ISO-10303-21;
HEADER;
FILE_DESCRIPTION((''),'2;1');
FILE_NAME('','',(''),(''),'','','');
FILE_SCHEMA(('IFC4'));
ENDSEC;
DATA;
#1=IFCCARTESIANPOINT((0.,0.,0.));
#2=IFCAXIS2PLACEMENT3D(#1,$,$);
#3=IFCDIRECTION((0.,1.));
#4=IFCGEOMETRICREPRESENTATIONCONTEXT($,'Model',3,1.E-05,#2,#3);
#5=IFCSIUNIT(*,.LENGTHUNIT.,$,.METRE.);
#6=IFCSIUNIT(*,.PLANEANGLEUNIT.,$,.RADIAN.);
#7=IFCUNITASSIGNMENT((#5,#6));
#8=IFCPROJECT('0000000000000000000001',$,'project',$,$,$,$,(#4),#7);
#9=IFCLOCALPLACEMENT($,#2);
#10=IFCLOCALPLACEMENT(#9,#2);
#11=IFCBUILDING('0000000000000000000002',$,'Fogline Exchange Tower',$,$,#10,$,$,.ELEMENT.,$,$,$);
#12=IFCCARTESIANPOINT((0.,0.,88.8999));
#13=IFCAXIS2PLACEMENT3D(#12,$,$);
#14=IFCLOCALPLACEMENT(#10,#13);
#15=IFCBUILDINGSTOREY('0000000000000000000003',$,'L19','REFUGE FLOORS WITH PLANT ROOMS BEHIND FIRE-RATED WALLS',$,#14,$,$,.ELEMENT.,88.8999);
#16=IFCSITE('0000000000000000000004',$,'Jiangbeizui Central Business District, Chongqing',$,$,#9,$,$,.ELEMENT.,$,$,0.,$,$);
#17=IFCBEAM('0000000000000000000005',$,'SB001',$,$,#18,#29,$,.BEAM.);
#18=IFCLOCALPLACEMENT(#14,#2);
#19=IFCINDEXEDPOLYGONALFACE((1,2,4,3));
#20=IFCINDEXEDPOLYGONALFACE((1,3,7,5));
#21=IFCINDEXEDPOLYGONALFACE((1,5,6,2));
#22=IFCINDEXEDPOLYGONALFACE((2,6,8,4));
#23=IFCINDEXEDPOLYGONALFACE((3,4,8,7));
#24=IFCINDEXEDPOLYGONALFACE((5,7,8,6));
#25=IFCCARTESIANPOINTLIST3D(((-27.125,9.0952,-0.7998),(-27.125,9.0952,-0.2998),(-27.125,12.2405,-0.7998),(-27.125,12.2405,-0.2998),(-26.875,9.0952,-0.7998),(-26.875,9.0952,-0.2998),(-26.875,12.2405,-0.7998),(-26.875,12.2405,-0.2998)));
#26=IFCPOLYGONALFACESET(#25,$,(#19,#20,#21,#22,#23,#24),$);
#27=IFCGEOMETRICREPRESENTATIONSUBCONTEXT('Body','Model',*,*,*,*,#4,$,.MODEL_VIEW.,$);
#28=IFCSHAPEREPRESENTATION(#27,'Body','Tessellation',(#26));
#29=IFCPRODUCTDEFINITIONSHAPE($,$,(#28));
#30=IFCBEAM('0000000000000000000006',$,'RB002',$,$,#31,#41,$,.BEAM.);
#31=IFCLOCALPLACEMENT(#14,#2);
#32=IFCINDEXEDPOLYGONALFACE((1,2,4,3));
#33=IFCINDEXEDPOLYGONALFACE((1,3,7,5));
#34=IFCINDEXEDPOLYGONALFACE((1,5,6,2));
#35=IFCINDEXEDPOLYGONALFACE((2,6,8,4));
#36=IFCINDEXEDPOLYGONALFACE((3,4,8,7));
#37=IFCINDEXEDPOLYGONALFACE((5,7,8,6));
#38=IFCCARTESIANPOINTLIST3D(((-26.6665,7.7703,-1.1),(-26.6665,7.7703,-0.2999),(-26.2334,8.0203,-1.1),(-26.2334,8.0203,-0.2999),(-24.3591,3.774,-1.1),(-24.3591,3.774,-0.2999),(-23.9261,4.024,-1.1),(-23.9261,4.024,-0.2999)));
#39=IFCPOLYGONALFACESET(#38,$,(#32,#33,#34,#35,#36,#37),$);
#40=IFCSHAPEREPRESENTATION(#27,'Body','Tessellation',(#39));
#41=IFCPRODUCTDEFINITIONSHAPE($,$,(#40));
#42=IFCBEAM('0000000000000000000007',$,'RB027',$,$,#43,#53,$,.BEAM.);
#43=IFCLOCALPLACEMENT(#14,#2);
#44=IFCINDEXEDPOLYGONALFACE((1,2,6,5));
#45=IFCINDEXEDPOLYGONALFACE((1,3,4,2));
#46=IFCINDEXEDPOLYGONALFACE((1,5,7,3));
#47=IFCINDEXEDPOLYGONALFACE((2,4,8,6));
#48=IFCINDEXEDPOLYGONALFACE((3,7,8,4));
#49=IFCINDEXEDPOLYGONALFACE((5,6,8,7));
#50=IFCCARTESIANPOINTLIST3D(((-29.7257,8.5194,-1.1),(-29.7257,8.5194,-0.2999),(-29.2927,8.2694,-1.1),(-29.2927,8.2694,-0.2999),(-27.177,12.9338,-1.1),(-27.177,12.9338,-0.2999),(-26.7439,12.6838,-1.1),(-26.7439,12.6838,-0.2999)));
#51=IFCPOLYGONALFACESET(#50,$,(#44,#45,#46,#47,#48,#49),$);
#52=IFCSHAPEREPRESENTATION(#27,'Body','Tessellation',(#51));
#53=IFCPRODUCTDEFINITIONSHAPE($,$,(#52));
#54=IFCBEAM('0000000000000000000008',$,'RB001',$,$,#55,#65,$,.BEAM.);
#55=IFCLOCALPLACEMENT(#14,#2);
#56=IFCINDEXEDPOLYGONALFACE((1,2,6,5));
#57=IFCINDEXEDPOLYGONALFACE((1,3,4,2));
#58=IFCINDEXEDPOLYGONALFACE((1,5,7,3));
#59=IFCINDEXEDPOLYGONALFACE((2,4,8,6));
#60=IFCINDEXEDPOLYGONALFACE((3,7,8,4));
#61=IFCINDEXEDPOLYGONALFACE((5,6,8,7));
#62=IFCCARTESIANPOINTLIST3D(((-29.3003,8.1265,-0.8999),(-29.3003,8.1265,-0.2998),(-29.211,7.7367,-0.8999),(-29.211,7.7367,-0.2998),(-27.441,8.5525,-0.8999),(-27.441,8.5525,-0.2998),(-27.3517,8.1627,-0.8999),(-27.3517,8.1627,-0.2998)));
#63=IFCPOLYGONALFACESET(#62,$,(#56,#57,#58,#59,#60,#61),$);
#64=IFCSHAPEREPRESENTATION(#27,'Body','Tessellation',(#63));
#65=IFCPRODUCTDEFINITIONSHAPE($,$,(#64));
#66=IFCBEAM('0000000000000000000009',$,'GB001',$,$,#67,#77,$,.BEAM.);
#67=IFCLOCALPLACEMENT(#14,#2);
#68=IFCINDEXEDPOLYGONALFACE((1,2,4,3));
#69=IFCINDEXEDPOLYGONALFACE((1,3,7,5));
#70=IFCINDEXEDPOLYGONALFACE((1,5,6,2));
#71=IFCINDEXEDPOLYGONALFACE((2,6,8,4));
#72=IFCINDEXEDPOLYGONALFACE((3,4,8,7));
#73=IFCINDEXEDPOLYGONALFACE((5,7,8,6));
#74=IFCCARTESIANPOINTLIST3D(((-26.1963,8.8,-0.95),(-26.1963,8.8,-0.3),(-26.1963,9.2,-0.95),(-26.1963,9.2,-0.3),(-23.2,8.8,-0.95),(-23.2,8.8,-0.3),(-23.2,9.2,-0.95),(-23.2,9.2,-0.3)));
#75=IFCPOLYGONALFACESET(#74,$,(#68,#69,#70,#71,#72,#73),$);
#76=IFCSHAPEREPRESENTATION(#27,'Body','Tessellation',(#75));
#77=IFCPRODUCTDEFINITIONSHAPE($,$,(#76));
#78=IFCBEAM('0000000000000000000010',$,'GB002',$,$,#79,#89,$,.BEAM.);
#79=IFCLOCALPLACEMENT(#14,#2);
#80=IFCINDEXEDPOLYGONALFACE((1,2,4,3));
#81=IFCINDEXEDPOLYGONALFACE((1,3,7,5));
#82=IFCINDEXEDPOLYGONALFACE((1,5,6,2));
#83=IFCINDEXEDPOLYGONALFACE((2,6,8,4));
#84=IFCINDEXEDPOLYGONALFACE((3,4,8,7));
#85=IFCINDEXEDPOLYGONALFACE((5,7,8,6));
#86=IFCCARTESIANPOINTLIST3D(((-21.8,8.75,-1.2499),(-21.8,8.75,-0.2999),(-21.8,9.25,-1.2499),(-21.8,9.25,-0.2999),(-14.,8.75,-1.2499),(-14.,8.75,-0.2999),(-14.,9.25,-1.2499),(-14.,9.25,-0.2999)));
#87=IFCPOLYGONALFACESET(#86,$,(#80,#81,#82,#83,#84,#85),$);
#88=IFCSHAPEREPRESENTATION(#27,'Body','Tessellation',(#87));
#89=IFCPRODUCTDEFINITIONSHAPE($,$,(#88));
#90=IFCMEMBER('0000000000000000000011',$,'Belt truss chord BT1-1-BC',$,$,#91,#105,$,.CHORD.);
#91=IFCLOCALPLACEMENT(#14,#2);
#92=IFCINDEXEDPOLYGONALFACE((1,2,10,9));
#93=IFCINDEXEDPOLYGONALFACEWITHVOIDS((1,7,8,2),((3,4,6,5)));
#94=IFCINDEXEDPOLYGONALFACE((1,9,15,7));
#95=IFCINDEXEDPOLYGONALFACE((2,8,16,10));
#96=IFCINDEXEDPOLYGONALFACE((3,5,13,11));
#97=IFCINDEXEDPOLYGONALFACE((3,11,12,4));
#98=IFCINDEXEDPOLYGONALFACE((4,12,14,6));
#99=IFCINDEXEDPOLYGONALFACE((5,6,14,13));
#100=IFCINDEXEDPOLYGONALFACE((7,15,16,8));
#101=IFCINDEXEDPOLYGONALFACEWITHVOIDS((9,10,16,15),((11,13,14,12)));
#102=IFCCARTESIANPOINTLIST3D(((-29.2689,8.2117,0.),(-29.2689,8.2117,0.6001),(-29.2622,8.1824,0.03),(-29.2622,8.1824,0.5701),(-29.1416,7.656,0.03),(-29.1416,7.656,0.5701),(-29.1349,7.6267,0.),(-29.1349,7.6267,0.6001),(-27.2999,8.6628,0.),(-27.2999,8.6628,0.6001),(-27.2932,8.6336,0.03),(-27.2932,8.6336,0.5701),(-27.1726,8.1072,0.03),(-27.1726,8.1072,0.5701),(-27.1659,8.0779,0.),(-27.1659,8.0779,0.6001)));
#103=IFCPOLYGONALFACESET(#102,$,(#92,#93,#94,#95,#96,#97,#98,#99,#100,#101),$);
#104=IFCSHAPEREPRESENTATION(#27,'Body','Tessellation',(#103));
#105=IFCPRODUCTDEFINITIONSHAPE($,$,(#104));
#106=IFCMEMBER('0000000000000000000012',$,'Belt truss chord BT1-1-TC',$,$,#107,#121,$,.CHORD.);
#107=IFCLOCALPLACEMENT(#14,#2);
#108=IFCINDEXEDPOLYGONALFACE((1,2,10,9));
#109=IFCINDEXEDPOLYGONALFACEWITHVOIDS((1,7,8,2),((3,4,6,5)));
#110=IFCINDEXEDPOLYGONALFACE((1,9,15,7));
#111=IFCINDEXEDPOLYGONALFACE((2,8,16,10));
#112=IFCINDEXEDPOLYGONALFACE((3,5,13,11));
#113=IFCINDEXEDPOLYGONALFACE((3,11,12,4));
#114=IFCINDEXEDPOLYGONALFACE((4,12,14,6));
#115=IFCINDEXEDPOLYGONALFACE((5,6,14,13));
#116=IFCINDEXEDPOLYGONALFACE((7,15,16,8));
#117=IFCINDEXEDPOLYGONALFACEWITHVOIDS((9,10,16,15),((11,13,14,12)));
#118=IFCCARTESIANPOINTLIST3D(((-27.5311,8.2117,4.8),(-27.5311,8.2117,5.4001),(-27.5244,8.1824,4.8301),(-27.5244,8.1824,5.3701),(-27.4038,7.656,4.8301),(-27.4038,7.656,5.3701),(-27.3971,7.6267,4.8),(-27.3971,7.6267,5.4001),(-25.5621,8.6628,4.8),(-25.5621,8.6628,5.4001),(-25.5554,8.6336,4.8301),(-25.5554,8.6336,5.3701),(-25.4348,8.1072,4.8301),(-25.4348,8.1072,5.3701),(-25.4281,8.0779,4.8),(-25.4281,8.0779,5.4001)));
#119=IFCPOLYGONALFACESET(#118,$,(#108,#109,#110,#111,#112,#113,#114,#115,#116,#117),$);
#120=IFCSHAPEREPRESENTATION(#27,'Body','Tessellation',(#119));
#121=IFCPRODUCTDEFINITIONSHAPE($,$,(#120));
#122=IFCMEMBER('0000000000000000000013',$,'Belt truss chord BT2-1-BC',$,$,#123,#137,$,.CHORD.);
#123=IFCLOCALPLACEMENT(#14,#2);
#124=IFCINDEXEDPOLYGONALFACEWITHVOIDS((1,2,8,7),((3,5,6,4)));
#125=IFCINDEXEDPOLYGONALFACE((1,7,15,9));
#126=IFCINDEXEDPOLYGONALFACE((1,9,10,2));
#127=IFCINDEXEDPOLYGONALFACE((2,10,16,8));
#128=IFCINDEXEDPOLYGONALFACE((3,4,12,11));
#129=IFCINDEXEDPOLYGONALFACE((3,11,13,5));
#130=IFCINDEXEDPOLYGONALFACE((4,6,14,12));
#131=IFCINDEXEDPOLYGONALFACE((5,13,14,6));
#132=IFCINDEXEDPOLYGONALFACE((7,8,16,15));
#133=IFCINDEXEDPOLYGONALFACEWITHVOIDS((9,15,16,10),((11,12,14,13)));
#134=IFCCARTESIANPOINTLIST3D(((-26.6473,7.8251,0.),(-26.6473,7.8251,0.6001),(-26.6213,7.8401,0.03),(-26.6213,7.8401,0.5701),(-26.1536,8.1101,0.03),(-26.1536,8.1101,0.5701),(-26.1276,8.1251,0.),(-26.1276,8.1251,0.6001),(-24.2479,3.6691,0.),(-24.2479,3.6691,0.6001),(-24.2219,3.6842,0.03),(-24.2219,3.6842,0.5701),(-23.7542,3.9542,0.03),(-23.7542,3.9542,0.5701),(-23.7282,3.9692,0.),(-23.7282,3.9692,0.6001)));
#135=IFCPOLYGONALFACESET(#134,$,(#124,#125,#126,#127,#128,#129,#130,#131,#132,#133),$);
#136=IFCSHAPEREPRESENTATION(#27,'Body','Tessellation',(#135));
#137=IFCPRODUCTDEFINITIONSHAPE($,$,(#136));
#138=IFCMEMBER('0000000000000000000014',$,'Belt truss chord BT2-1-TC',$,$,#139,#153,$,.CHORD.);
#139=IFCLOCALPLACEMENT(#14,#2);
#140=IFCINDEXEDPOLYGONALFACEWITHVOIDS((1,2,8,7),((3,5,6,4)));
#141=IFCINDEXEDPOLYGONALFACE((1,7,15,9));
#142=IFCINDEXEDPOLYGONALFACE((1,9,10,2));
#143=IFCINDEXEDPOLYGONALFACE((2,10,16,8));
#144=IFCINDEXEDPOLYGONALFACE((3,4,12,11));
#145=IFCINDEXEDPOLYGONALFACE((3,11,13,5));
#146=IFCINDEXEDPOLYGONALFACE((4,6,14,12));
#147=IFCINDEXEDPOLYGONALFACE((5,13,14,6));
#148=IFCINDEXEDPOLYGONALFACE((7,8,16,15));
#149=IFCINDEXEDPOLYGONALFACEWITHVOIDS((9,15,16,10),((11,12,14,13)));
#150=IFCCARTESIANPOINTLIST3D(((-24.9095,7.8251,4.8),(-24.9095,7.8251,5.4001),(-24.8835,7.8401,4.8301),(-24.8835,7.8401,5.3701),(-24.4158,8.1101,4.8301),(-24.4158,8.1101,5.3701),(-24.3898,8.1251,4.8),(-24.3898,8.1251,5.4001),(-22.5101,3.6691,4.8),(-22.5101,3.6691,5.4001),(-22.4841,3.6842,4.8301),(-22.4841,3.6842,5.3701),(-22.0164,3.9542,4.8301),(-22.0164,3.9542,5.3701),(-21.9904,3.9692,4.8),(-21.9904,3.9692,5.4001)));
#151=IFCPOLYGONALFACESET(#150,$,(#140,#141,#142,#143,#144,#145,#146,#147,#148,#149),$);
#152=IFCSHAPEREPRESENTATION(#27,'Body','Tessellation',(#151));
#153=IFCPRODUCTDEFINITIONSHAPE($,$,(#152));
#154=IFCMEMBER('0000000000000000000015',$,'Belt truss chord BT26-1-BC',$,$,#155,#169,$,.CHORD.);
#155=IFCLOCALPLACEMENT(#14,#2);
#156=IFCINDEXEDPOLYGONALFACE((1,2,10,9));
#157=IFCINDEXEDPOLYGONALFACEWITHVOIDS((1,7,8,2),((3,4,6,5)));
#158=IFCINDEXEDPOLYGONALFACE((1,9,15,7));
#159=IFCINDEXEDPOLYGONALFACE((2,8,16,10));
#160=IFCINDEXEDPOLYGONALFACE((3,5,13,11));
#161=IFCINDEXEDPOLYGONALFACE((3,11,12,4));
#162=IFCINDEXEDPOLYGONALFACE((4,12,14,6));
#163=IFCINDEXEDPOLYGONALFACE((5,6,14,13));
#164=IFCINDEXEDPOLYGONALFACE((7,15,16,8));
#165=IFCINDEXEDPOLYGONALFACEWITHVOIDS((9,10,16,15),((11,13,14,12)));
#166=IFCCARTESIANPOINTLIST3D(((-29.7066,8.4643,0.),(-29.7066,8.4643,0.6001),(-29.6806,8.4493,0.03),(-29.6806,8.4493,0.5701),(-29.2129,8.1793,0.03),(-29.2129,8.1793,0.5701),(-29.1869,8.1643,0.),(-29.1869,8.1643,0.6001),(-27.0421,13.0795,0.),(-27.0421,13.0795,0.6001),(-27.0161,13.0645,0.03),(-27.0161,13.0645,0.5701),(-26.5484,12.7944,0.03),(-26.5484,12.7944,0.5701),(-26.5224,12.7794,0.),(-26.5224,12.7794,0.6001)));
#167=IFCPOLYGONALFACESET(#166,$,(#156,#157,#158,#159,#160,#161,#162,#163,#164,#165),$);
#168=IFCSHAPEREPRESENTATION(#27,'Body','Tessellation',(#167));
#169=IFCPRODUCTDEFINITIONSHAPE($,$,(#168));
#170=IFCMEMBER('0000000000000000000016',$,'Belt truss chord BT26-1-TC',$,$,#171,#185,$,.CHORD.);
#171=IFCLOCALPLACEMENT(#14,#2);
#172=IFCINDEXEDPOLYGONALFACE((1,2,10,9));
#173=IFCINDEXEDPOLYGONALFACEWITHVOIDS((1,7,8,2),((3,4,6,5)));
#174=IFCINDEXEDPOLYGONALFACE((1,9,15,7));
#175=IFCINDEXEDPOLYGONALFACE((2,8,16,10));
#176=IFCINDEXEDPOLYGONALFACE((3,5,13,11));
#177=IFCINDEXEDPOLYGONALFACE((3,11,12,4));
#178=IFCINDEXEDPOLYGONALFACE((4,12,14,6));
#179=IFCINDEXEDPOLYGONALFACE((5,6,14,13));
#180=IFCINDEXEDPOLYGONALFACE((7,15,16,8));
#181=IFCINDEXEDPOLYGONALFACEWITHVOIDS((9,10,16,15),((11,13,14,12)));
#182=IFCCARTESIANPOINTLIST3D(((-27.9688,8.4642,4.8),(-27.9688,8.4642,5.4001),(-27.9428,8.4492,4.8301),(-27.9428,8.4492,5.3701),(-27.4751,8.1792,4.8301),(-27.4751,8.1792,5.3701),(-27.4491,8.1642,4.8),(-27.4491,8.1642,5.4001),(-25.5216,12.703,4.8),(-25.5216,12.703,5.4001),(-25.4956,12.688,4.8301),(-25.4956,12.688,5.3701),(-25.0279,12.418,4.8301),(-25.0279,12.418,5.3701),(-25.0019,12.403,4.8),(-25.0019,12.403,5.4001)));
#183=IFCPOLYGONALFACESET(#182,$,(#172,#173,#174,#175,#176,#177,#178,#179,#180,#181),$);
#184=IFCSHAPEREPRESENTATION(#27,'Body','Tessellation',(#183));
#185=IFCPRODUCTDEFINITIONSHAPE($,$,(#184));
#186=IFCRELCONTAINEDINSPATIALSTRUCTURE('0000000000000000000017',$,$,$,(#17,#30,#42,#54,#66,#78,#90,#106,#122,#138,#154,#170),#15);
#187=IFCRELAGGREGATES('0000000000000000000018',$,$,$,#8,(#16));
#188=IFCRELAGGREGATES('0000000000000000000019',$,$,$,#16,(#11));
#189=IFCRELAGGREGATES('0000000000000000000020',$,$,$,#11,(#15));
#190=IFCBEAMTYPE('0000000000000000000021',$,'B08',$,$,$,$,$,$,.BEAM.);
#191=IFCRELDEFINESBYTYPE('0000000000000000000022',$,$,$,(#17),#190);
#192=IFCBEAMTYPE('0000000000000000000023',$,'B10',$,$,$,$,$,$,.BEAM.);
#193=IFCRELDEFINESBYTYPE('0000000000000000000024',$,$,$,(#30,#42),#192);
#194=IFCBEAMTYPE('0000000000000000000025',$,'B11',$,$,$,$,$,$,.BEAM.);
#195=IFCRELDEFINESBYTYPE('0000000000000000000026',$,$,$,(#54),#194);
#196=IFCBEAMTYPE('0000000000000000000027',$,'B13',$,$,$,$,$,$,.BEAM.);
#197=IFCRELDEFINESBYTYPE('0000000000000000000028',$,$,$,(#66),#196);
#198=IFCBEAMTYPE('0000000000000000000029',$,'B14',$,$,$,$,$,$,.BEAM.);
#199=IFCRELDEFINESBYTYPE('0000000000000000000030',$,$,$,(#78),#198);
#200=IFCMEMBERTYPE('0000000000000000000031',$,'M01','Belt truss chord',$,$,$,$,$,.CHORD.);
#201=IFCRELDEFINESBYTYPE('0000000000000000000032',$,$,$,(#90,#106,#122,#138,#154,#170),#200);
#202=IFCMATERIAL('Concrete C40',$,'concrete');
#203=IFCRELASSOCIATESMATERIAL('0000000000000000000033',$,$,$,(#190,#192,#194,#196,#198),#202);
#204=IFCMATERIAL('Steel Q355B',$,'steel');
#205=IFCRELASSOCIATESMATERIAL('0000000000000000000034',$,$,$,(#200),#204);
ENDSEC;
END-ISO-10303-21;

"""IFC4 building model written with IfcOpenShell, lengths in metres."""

from ifc_helpers import new_model, si_unit, direction, frame, origin, origin_2d, place, context, subcontext, project, spatial, rectangle, hollow_rectangle, extrude, material, material_profile, profile_set, type_object, element, save


model = new_model("IFC4")

# Units and contexts
model_context = context("Model", 3, precision=1e-05, world=origin(), true_north=direction((0.0, 1.0)))
body_context = subcontext(model_context, "Body", "Model", "MODEL_VIEW")
ifc_project = project(units=[si_unit("LENGTHUNIT", "METRE"), si_unit("PLANEANGLEUNIT", "RADIAN")], contexts=[model_context])

# Site, building, storey
site_placement = place(None, origin())
site = spatial("IfcSite", under=ifc_project, at=site_placement, Name="Jiangbeizui Central Business District, Chongqing", CompositionType="ELEMENT", RefElevation=0.0)
building_placement = place(site_placement, origin())
building = spatial("IfcBuilding", under=site, at=building_placement, Name="Fogline Exchange Tower", CompositionType="ELEMENT")
storey_placement = place(building_placement, frame((0.0, 0.0, 88.8999)))
storey = spatial("IfcBuildingStorey", under=building, at=storey_placement, Name="L19", Description="REFUGE FLOORS WITH PLANT ROOMS BEHIND FIRE-RATED WALLS", CompositionType="ELEMENT", Elevation=88.8999)

# Beams
ifc_material_1 = material(Name="Concrete C40", Category="concrete")
ifc_material_profile_1 = material_profile(ifc_material_1, rectangle(XDim=0.25, YDim=0.5, at=origin_2d()), Name="RC 250x500")
ifc_profile_set_1 = profile_set([ifc_material_profile_1], Name="Concrete C40")
beam_type_1 = type_object("IfcBeamType", Name="B08", PredefinedType="BEAM", material=ifc_profile_set_1)
beam_1_placement = place(storey_placement, frame((-27.0, 9.0952, -0.5498), z_axis=(0.0, 1.0, 0.0), x_axis=(-1.0, 0.0, 0.0)))
element("IfcBeam", 1, at=beam_1_placement, inside=storey, type_object=beam_type_1, Name="SB001", PredefinedType="BEAM", context=body_context, shape_type="SweptSolid", body=[
    extrude(rectangle(XDim=0.25, YDim=0.5, at=origin_2d()), origin(), (0.0, 0.0, 1.0), 3.1453),
])
ifc_material_profile_2 = material_profile(ifc_material_1, rectangle(XDim=0.5, YDim=0.8, at=origin_2d()), Name="RC 500x800")
ifc_profile_set_2 = profile_set([ifc_material_profile_2], Name="Concrete C40")
beam_type_2 = type_object("IfcBeamType", Name="B10", PredefinedType="BEAM", material=ifc_profile_set_2)
beam_2_placement = place(storey_placement, frame((-26.45, 7.8953, -0.7), z_axis=(0.500014, -0.866017, 0.0), x_axis=(0.866017, 0.500014, 0.0)))
element("IfcBeam", 2, at=beam_2_placement, inside=storey, type_object=beam_type_2, Name="RB002", PredefinedType="BEAM", context=body_context, shape_type="SweptSolid", body=[
    extrude(rectangle(XDim=0.5, YDim=0.8, at=origin_2d()), origin(), (0.0, 0.0, 1.0), 4.6145),
])
beam_3_placement = place(storey_placement, frame((-26.9604, 12.8088, -0.7), z_axis=(-0.500013, -0.866018, 0.0), x_axis=(0.866018, -0.500013, 0.0)))
element("IfcBeam", 3, at=beam_3_placement, inside=storey, type_object=beam_type_2, Name="RB027", PredefinedType="BEAM", context=body_context, shape_type="SweptSolid", body=[
    extrude(rectangle(XDim=0.5, YDim=0.8, at=origin_2d()), origin(), (0.0, 0.0, 1.0), 5.0974),
])
ifc_material_profile_3 = material_profile(ifc_material_1, rectangle(XDim=0.3999, YDim=0.6001, at=origin_2d()), Name="RC 400x600")
ifc_profile_set_3 = profile_set([ifc_material_profile_3], Name="Concrete C40")
beam_type_3 = type_object("IfcBeamType", Name="B11", PredefinedType="BEAM", material=ifc_profile_set_3)
beam_4_placement = place(storey_placement, frame((-29.2556, 7.9316, -0.5999), z_axis=(0.974742, 0.223336, 0.0), x_axis=(-0.223336, 0.974742, 0.0)))
element("IfcBeam", 4, at=beam_4_placement, inside=storey, type_object=beam_type_3, Name="RB001", PredefinedType="BEAM", context=body_context, shape_type="SweptSolid", body=[
    extrude(rectangle(XDim=0.3999, YDim=0.6001, at=origin_2d()), origin(), (0.0, 0.0, 1.0), 1.9075),
])
ifc_material_profile_4 = material_profile(ifc_material_1, rectangle(XDim=0.3999, YDim=0.6499, at=origin_2d()), Name="RC 400x650")
ifc_profile_set_4 = profile_set([ifc_material_profile_4], Name="Concrete C40")
beam_type_4 = type_object("IfcBeamType", Name="B13", PredefinedType="BEAM", material=ifc_profile_set_4)
beam_5_placement = place(storey_placement, frame((-26.1963, 9.0, -0.625), z_axis=(1.0, 0.0, 0.0), x_axis=(0.0, 1.0, 0.0)))
element("IfcBeam", 5, at=beam_5_placement, inside=storey, type_object=beam_type_4, Name="GB001", PredefinedType="BEAM", context=body_context, shape_type="SweptSolid", body=[
    extrude(rectangle(XDim=0.3999, YDim=0.6499, at=origin_2d()), origin(), (0.0, 0.0, 1.0), 2.9963),
])
ifc_material_profile_5 = material_profile(ifc_material_1, rectangle(XDim=0.5, YDim=0.95, at=origin_2d()), Name="RC 500x950")
ifc_profile_set_5 = profile_set([ifc_material_profile_5], Name="Concrete C40")
beam_type_5 = type_object("IfcBeamType", Name="B14", PredefinedType="BEAM", material=ifc_profile_set_5)
beam_6_placement = place(storey_placement, frame((-21.8, 9.0, -0.7749), z_axis=(1.0, 0.0, 0.0), x_axis=(0.0, 1.0, 0.0)))
element("IfcBeam", 6, at=beam_6_placement, inside=storey, type_object=beam_type_5, Name="GB002", PredefinedType="BEAM", context=body_context, shape_type="SweptSolid", body=[
    extrude(rectangle(XDim=0.5, YDim=0.95, at=origin_2d()), origin(), (0.0, 0.0, 1.0), 7.8),
])

# Members
ifc_material_2 = material(Name="Steel Q355B", Category="steel")
ifc_material_profile_6 = material_profile(ifc_material_2, hollow_rectangle(XDim=0.6001, YDim=0.6001, WallThickness=0.03, at=origin_2d()), Name="BOX600X600X30")
ifc_profile_set_6 = profile_set([ifc_material_profile_6], Name="Steel Q355B")
member_type_1 = type_object("IfcMemberType", Name="M01", Description="Belt truss chord", PredefinedType="CHORD", material=ifc_profile_set_6)
for number, where, z_axis, x_axis, name in (
    (7, (-29.2019, 7.9192, 0.3), (0.974738, 0.22335, 0.0), (-0.22335, 0.974738, 0.0), "Belt truss chord BT1-1-BC"),
    (8, (-27.4641, 7.9192, 5.1001), (0.974738, 0.22335, 0.0), (-0.22335, 0.974738, 0.0), "Belt truss chord BT1-1-TC"),
):
    element("IfcMember", number, at=place(storey_placement, frame(where, z_axis=z_axis, x_axis=x_axis)), inside=storey, type_object=member_type_1, Name=name, PredefinedType="CHORD", context=body_context, shape_type="SweptSolid", body=[
        extrude(hollow_rectangle(XDim=0.6001, YDim=0.6001, WallThickness=0.03, at=origin_2d()), origin(), (0.0, 0.0, 1.0), 2.02),
    ])
for number, where, z_axis, x_axis, name in (
    (9, (-26.3875, 7.9751, 0.3), (0.499991, -0.866031, 0.0), (0.866031, 0.499991, 0.0), "Belt truss chord BT2-1-BC"),
    (10, (-24.6497, 7.9751, 5.1001), (0.499991, -0.866031, 0.0), (0.866031, 0.499991, 0.0), "Belt truss chord BT2-1-TC"),
):
    element("IfcMember", number, at=place(storey_placement, frame(where, z_axis=z_axis, x_axis=x_axis)), inside=storey, type_object=member_type_1, Name=name, PredefinedType="CHORD", context=body_context, shape_type="SweptSolid", body=[
        extrude(hollow_rectangle(XDim=0.6001, YDim=0.6001, WallThickness=0.03, at=origin_2d()), origin(), (0.0, 0.0, 1.0), 4.7988),
    ])
member_1_placement = place(storey_placement, frame((-26.7822, 12.9294, 0.3), z_axis=(-0.499992, -0.86603, 0.0), x_axis=(0.86603, -0.499992, 0.0)))
element("IfcMember", 11, at=member_1_placement, inside=storey, type_object=member_type_1, Name="Belt truss chord BT26-1-BC", PredefinedType="CHORD", context=body_context, shape_type="SweptSolid", body=[
    extrude(hollow_rectangle(XDim=0.6001, YDim=0.6001, WallThickness=0.03, at=origin_2d()), origin(), (0.0, 0.0, 1.0), 5.3291),
])
member_2_placement = place(storey_placement, frame((-25.2617, 12.553, 5.1001), z_axis=(-0.500002, -0.866024, 0.0), x_axis=(0.866024, -0.500002, 0.0)))
element("IfcMember", 12, at=member_2_placement, inside=storey, type_object=member_type_1, Name="Belt truss chord BT26-1-TC", PredefinedType="CHORD", context=body_context, shape_type="SweptSolid", body=[
    extrude(hollow_rectangle(XDim=0.6001, YDim=0.6001, WallThickness=0.03, at=origin_2d()), origin(), (0.0, 0.0, 1.0), 4.8945),
])

save(model, "model.ifc")
